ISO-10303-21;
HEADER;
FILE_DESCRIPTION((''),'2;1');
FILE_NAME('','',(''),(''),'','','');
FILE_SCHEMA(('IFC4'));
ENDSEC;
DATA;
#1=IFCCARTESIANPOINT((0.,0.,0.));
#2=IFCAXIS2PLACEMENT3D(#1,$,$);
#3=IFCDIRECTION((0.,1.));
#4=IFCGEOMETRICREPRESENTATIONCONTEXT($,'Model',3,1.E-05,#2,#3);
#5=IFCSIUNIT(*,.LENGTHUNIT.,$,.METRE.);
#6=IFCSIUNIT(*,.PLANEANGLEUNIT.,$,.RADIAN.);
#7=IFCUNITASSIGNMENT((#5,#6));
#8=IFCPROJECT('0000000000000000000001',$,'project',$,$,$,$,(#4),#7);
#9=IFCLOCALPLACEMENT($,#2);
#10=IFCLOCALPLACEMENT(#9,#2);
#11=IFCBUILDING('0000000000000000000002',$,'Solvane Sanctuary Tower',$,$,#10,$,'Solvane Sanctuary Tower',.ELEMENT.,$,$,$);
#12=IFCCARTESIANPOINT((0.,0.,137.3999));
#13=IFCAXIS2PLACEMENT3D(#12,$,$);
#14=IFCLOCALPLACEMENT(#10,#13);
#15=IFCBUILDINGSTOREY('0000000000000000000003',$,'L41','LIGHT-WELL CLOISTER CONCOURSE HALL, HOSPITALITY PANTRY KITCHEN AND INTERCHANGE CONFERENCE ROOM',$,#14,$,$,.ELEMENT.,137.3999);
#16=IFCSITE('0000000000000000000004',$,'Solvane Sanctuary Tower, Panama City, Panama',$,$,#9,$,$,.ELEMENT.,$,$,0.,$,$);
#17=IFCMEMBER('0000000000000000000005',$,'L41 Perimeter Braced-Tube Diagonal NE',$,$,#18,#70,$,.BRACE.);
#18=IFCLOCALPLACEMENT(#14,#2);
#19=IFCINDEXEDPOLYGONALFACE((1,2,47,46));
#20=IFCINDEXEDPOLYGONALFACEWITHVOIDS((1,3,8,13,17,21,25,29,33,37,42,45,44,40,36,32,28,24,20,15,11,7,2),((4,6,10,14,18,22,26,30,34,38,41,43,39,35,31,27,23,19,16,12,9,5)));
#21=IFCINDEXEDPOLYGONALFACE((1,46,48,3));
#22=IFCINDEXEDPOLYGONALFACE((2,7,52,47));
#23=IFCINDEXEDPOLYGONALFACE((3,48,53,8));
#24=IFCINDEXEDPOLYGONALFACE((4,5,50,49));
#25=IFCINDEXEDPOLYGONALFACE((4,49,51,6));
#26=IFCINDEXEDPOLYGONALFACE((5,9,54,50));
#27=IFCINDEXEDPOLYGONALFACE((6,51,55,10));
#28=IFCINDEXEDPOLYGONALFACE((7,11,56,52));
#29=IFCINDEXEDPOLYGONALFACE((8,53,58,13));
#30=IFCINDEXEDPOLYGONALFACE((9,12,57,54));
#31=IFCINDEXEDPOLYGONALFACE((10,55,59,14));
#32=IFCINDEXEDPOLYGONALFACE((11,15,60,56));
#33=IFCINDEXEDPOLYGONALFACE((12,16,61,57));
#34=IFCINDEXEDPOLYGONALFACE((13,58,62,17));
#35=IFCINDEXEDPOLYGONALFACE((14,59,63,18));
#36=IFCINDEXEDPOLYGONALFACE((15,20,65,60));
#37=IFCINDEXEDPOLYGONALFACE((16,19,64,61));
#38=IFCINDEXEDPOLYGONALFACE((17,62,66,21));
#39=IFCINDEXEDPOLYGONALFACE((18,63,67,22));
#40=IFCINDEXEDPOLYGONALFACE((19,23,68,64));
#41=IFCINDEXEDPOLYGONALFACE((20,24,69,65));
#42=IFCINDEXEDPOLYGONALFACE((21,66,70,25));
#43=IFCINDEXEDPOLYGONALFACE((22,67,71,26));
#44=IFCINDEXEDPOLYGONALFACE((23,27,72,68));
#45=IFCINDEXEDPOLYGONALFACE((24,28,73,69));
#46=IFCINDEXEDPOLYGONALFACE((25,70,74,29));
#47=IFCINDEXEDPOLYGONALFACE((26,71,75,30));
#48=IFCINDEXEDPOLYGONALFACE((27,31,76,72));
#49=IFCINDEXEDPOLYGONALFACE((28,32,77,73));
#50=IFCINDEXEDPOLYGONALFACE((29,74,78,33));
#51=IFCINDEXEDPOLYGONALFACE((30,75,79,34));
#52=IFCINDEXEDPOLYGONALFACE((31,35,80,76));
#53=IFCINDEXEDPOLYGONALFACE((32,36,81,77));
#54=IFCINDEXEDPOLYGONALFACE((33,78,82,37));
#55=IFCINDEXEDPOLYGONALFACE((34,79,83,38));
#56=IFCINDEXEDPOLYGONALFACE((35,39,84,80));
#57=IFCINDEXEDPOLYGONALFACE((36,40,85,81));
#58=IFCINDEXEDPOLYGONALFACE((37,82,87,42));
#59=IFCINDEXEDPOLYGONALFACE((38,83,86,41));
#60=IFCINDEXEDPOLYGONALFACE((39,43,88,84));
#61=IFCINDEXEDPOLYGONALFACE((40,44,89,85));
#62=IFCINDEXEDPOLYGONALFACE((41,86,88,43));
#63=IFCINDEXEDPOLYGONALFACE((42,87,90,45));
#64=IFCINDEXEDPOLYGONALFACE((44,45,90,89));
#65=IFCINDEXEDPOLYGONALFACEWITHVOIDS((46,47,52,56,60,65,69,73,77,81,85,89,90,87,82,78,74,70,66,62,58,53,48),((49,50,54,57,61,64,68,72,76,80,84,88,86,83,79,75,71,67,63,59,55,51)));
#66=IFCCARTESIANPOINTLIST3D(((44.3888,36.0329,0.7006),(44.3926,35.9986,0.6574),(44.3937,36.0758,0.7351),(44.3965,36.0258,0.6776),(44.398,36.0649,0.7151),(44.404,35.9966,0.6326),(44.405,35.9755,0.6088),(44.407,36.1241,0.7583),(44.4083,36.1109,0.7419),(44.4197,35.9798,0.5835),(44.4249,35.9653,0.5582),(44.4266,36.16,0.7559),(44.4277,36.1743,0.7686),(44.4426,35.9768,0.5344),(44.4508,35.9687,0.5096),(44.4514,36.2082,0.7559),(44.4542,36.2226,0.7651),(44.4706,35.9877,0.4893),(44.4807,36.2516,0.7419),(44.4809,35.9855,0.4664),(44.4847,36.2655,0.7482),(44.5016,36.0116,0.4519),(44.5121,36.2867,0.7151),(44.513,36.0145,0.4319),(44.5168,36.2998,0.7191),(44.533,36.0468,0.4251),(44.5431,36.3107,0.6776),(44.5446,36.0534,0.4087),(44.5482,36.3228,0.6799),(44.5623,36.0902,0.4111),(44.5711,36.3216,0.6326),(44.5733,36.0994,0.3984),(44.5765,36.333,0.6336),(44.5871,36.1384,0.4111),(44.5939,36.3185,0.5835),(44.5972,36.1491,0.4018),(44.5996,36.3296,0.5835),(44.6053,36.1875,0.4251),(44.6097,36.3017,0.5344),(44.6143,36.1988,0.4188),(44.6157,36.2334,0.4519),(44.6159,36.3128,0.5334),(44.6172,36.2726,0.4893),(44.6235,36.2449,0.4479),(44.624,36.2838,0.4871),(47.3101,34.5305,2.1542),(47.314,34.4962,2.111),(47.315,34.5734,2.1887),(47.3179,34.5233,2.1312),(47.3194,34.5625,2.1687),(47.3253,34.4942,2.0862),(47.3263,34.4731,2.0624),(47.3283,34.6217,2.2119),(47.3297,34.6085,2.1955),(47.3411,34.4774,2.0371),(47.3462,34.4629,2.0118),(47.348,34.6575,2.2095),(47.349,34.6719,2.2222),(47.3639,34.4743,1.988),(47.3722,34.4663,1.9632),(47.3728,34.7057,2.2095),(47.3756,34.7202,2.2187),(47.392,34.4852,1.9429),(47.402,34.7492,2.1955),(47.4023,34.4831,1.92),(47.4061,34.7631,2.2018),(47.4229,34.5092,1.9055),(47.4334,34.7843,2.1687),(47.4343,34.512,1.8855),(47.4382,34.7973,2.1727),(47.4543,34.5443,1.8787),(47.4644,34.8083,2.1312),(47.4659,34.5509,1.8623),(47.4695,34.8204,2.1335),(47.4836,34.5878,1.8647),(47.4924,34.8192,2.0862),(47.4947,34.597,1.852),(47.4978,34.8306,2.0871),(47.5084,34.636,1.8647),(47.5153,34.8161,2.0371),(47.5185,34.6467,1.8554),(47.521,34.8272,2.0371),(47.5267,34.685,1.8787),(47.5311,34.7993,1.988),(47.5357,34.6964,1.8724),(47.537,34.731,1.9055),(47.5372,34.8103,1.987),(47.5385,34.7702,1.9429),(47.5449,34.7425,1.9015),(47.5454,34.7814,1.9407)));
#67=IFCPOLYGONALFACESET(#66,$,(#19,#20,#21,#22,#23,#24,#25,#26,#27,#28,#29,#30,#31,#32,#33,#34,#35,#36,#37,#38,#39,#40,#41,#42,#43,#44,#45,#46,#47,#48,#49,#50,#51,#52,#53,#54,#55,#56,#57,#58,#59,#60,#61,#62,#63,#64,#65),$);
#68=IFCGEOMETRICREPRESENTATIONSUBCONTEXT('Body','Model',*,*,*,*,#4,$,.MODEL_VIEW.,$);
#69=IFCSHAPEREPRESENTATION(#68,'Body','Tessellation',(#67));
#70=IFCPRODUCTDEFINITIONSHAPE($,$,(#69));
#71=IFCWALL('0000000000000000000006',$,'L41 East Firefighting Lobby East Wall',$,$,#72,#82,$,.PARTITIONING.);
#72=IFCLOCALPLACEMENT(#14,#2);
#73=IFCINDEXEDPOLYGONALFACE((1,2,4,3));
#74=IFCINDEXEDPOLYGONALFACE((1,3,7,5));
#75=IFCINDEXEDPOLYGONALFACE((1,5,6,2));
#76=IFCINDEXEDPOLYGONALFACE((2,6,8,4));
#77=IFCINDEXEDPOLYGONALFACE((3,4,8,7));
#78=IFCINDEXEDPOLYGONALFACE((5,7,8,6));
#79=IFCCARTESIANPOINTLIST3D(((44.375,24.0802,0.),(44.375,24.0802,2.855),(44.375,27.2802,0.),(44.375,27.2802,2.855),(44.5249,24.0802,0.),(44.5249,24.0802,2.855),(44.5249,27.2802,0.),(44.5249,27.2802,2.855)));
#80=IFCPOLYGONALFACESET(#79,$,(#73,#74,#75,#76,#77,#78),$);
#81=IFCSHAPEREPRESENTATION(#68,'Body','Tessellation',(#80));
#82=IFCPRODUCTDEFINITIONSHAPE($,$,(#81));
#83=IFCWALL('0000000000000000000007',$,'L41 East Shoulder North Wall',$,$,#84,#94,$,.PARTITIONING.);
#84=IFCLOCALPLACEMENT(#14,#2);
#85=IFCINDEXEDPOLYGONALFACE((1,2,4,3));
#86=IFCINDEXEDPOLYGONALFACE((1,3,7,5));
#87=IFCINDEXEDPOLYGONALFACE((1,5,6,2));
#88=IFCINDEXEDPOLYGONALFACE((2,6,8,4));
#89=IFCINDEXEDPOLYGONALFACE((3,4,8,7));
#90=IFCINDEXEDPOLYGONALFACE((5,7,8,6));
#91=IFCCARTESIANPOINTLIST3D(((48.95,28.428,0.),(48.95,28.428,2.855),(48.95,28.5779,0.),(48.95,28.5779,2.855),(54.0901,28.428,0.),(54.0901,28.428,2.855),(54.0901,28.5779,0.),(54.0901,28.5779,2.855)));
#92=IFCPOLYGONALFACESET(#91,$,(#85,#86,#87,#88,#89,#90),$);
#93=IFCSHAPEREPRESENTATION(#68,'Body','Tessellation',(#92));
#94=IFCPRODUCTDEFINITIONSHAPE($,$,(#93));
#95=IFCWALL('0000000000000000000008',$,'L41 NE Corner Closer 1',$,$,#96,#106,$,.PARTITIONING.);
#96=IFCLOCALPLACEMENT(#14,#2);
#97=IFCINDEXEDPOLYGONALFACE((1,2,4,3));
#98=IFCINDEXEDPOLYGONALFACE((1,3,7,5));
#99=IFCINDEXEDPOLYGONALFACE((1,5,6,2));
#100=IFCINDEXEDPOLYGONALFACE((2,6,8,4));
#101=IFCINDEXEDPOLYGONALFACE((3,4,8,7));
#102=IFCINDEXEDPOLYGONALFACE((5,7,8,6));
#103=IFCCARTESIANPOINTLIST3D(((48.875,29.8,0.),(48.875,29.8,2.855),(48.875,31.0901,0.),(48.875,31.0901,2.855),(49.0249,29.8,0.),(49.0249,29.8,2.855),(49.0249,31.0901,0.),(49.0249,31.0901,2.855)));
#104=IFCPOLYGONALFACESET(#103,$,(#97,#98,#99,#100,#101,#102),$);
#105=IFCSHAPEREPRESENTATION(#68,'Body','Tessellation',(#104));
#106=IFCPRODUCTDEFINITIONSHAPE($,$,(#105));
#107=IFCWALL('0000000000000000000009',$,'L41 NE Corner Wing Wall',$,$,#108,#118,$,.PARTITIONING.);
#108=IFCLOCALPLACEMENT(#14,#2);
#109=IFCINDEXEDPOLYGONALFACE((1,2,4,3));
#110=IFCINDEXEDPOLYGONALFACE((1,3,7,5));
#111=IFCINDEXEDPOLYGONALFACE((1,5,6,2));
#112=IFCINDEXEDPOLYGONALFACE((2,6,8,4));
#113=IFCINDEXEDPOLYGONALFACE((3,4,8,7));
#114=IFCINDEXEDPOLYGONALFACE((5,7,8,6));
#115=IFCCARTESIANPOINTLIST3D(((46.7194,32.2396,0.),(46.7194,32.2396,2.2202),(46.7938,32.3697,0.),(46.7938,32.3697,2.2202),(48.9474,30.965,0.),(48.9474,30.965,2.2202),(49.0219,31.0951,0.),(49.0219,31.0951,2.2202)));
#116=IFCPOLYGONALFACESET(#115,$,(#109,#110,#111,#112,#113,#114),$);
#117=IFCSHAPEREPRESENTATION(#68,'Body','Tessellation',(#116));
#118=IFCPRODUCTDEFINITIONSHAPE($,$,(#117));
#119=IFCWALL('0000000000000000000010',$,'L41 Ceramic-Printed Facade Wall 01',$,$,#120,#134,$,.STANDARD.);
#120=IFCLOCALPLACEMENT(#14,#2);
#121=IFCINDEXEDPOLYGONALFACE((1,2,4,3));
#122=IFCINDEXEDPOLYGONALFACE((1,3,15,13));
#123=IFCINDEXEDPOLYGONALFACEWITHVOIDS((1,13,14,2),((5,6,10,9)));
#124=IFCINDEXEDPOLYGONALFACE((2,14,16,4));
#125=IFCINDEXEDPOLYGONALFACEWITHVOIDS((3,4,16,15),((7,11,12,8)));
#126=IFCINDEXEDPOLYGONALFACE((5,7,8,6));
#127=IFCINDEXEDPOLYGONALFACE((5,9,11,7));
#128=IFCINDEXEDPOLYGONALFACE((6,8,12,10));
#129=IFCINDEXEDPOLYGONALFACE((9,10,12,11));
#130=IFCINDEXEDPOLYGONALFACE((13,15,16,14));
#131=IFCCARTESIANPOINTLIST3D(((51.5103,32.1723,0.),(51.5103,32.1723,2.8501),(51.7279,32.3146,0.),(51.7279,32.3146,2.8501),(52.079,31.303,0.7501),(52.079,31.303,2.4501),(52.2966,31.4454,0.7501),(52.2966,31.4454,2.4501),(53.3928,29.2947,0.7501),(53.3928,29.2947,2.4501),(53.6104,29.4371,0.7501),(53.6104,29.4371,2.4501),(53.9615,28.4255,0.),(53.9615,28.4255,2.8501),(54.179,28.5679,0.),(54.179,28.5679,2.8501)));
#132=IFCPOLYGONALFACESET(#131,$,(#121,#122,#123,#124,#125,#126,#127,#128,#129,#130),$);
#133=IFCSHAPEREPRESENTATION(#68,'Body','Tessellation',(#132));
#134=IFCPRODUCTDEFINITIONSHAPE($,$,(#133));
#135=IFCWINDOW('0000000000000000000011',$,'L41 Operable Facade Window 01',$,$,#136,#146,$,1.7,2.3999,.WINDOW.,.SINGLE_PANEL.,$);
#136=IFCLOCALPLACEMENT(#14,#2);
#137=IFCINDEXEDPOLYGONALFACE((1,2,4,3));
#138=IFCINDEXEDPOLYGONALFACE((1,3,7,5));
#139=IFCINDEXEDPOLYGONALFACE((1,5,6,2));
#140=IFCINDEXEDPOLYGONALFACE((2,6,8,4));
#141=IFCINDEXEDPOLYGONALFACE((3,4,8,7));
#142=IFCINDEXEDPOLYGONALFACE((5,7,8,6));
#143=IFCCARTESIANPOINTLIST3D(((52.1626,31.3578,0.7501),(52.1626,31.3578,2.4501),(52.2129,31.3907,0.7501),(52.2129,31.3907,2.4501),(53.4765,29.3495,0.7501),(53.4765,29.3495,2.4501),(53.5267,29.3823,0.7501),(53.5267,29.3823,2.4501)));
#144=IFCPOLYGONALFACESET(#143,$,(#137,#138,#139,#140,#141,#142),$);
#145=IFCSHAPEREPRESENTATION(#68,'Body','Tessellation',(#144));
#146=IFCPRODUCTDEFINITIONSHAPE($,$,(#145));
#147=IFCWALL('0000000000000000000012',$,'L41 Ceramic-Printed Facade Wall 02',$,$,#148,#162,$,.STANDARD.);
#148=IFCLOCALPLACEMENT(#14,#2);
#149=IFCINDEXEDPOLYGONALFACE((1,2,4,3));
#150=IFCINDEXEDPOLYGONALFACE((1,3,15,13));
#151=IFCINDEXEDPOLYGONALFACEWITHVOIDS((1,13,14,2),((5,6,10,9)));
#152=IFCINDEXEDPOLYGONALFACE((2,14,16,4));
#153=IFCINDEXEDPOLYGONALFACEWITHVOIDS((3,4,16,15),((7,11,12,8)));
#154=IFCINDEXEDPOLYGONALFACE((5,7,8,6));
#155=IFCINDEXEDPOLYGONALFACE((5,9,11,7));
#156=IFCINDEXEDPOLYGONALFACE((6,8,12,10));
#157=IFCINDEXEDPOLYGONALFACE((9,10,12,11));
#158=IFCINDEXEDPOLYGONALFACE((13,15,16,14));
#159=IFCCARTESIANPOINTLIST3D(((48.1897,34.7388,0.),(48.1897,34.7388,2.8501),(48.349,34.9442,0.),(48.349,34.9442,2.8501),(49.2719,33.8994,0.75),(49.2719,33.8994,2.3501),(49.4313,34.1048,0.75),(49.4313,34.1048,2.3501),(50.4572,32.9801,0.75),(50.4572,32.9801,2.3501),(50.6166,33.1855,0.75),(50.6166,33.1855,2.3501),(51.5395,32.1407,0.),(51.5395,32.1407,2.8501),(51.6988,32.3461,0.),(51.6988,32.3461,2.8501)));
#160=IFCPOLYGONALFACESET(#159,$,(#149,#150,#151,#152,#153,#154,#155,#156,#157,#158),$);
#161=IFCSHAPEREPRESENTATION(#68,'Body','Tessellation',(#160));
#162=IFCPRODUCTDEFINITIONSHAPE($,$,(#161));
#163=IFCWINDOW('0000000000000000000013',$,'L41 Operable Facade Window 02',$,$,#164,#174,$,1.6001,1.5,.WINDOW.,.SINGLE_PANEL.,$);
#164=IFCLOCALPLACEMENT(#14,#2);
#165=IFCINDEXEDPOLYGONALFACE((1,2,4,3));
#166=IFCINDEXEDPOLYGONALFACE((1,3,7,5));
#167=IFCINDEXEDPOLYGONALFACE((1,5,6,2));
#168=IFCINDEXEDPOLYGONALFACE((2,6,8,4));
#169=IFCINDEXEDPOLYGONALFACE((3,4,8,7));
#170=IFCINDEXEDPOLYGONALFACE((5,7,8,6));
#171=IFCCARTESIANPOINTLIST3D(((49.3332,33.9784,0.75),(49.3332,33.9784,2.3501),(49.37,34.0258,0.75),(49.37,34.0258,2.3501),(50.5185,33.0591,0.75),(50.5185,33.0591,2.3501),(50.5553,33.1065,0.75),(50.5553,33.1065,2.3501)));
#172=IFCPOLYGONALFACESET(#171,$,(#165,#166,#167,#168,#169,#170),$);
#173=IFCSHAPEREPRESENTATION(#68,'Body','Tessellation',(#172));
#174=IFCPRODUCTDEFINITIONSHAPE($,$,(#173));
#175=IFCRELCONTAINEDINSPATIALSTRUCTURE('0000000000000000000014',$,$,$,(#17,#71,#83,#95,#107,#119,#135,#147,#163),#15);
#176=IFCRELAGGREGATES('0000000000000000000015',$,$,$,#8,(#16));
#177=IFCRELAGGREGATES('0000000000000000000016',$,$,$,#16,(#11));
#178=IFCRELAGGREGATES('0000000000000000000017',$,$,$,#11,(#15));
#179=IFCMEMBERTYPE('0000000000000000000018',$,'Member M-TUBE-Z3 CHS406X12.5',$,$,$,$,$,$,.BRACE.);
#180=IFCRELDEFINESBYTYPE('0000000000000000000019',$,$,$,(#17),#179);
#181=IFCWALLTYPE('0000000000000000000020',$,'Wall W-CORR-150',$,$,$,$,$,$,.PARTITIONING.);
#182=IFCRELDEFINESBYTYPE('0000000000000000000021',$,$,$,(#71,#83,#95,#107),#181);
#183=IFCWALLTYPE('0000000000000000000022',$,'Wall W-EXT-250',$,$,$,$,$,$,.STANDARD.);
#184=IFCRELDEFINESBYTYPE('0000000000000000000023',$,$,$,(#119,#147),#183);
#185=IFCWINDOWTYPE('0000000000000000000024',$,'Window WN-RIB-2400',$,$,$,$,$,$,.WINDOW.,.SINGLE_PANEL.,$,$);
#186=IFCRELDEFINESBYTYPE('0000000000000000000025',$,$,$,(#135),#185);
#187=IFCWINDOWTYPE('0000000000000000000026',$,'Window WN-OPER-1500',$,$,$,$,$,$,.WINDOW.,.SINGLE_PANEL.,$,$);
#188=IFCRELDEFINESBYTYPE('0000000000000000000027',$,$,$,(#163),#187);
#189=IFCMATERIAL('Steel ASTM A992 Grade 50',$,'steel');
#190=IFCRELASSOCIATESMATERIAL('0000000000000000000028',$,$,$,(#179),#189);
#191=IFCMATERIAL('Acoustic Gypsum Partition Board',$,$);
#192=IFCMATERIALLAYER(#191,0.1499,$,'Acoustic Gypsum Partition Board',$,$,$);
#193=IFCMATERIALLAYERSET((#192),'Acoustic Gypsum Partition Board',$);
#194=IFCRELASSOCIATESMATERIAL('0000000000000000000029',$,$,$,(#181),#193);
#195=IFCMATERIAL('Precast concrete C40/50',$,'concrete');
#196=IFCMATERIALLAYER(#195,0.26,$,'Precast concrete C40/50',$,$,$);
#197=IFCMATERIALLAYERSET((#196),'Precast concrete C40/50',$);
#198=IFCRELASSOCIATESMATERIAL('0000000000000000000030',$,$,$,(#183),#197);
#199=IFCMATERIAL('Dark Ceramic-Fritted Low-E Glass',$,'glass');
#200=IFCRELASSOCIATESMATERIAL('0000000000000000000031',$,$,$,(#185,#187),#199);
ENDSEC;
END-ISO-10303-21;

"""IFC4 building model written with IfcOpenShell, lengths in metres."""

from ifc_helpers import new_model, si_unit, direction, frame, frame_2d, origin, origin_2d, place, context, subcontext, project, spatial, rectangle, hollow_circle, extrude, material, layer, layer_set, material_profile, profile_set, type_object, element, fill, save


model = new_model("IFC4")

# Units and contexts
model_context = context("Model", 3, precision=1e-05, world=origin(), true_north=direction((0.0, 1.0)))
body_context = subcontext(model_context, "Body", "Model", "MODEL_VIEW")
ifc_project = project(units=[si_unit("LENGTHUNIT", "METRE"), si_unit("PLANEANGLEUNIT", "RADIAN")], contexts=[model_context])

# Site, building, storey
site_placement = place(None, origin())
site = spatial("IfcSite", under=ifc_project, at=site_placement, Name="Solvane Sanctuary Tower, Panama City, Panama", CompositionType="ELEMENT", RefElevation=0.0)
building_placement = place(site_placement, origin())
building = spatial("IfcBuilding", under=site, at=building_placement, Name="Solvane Sanctuary Tower", LongName="Solvane Sanctuary Tower", CompositionType="ELEMENT")
storey_placement = place(building_placement, frame((0.0, 0.0, 137.3999)))
storey = spatial("IfcBuildingStorey", under=building, at=storey_placement, Name="L41", Description="LIGHT-WELL CLOISTER CONCOURSE HALL, HOSPITALITY PANTRY KITCHEN AND INTERCHANGE CONFERENCE ROOM", CompositionType="ELEMENT", Elevation=137.3999)

# Shared definitions
ifc_material_1 = material(Name="Steel ASTM A992 Grade 50", Category="steel")

# Member
ifc_material_profile_1 = material_profile(ifc_material_1, hollow_circle(Radius=0.2029, WallThickness=0.0125, at=origin_2d()), Name="CHS406X12.5")
ifc_profile_set_1 = profile_set([ifc_material_profile_1], Name="Steel ASTM A992 Grade 50")
member_type_1 = type_object("IfcMemberType", Name="Member M-TUBE-Z3 CHS406X12.5", PredefinedType="BRACE", material=ifc_profile_set_1)
member_1_placement = place(storey_placement, frame((44.5068, 36.1492, 0.5835), z_axis=(0.813229, -0.418236, 0.404644), x_axis=(0.457351, 0.889286, 0.0)))
element("IfcMember", 1, at=member_1_placement, inside=storey, type_object=member_type_1, Name="L41 Perimeter Braced-Tube Diagonal NE", PredefinedType="BRACE", context=body_context, shape_type="SweptSolid", body=[
    extrude(hollow_circle(Radius=0.2029, WallThickness=0.0125, at=origin_2d()), origin(), (0.0, 0.0, 1.0), 3.5923),
])

# Walls
ifc_material_2 = material(Name="Acoustic Gypsum Partition Board")
ifc_layer_1 = layer(ifc_material_2, 0.1499, Name="Acoustic Gypsum Partition Board")
ifc_layer_set_1 = layer_set([ifc_layer_1], Name="Acoustic Gypsum Partition Board")
wall_type_1 = type_object("IfcWallType", Name="Wall W-CORR-150", PredefinedType="PARTITIONING", material=ifc_layer_set_1)
wall_1_placement = place(storey_placement, frame((44.45, 24.0801, 0.0), z_axis=(0.0, 0.0, 1.0), x_axis=(0.0, 1.0, 0.0)))
element("IfcWall", 2, at=wall_1_placement, inside=storey, type_object=wall_type_1, Name="L41 East Firefighting Lobby East Wall", PredefinedType="PARTITIONING", context=body_context, shape_type="SweptSolid", body=[
    extrude(rectangle(XDim=3.2, YDim=0.1499, at=frame_2d((1.6001, 0.0))), origin(), (0.0, 0.0, 1.0), 2.855),
])
wall_2_placement = place(storey_placement, frame((48.95, 28.5029, 0.0), z_axis=(0.0, 0.0, 1.0), x_axis=(1.0, 0.0, 0.0)))
element("IfcWall", 3, at=wall_2_placement, inside=storey, type_object=wall_type_1, Name="L41 East Shoulder North Wall", PredefinedType="PARTITIONING", context=body_context, shape_type="SweptSolid", body=[
    extrude(rectangle(XDim=5.1401, YDim=0.1499, at=frame_2d((2.5701, 0.0))), origin(), (0.0, 0.0, 1.0), 2.855),
])
wall_3_placement = place(storey_placement, frame((48.95, 29.8, 0.0), z_axis=(0.0, 0.0, 1.0), x_axis=(0.0, 1.0, 0.0)))
element("IfcWall", 4, at=wall_3_placement, inside=storey, type_object=wall_type_1, Name="L41 NE Corner Closer 1", PredefinedType="PARTITIONING", context=body_context, shape_type="SweptSolid", body=[
    extrude(rectangle(XDim=1.29, YDim=0.1499, at=frame_2d((0.645, 0.0))), origin(), (0.0, 0.0, 1.0), 2.855),
])
wall_4_placement = place(storey_placement, frame((46.7566, 32.3047, 0.0), z_axis=(0.0, 0.0, 1.0), x_axis=(0.867991, -0.496579, 0.0)))
element("IfcWall", 5, at=wall_4_placement, inside=storey, type_object=wall_type_1, Name="L41 NE Corner Wing Wall", PredefinedType="PARTITIONING", context=body_context, shape_type="SweptSolid", body=[
    extrude(rectangle(XDim=2.5669, YDim=0.1499, at=frame_2d((1.2834, 0.0))), origin(), (0.0, 0.0, 1.0), 2.2202),
])

# Walls, openings, windows
ifc_material_3 = material(Name="Precast concrete C40/50", Category="concrete")
ifc_layer_2 = layer(ifc_material_3, 0.26, Name="Precast concrete C40/50")
ifc_layer_set_2 = layer_set([ifc_layer_2], Name="Precast concrete C40/50")
wall_type_2 = type_object("IfcWallType", Name="Wall W-EXT-250", PredefinedType="STANDARD", material=ifc_layer_set_2)
wall_5_placement = place(storey_placement, frame((54.0703, 28.4966, 0.0), z_axis=(0.0, 0.0, 1.0), x_axis=(-0.547456, 0.836834, 0.0)))
wall_5 = element("IfcWall", 6, at=wall_5_placement, inside=storey, type_object=wall_type_2, Name="L41 Ceramic-Printed Facade Wall 01", PredefinedType="STANDARD", context=body_context, shape_type="SweptSolid", body=[
    extrude(rectangle(XDim=4.4773, YDim=0.26, at=frame_2d((2.2388, 0.0))), origin(), (0.0, 0.0, 1.0), 2.8501),
])
opening_1_placement = place(wall_5_placement, frame((1.0388, 0.0, 0.75)))
opening_1 = element("IfcOpeningElement", 7, at=opening_1_placement, cuts=wall_5, PredefinedType="OPENING", context=body_context, shape_type="SweptSolid", body=[
    extrude(rectangle(XDim=2.3999, YDim=1.7, at=frame_2d((1.2, 0.8501))), frame((0.0, 0.1399, 0.0), z_axis=(0.0, -1.0, 0.0), x_axis=(1.0, 0.0, 0.0)), (0.0, 0.0, 1.0), 0.28),
])
ifc_material_4 = material(Name="Dark Ceramic-Fritted Low-E Glass", Category="glass")
window_type_1 = type_object("IfcWindowType", Name="Window WN-RIB-2400", PartitioningType="SINGLE_PANEL", PredefinedType="WINDOW", material=ifc_material_4)
window_1_placement = place(opening_1_placement, origin())
window_1 = element("IfcWindow", 8, at=window_1_placement, inside=storey, type_object=window_type_1, Name="L41 Operable Facade Window 01", OverallHeight=1.7, OverallWidth=2.3999, PartitioningType="SINGLE_PANEL", PredefinedType="WINDOW", context=body_context, shape_type="SweptSolid", body=[
    extrude(rectangle(XDim=2.3999, YDim=1.7, at=frame_2d((1.2, 0.8501))), frame((0.0, 0.03, 0.0), z_axis=(0.0, -1.0, 0.0), x_axis=(1.0, 0.0, 0.0)), (0.0, 0.0, 1.0), 0.0601),
])
fill(opening_1, window_1)
wall_6_placement = place(storey_placement, frame((51.6191, 32.2434, 0.0), z_axis=(0.0, 0.0, 1.0), x_axis=(-0.790186, 0.612868, 0.0)))
wall_6 = element("IfcWall", 9, at=wall_6_placement, inside=storey, type_object=wall_type_2, Name="L41 Ceramic-Printed Facade Wall 02", PredefinedType="STANDARD", context=body_context, shape_type="SweptSolid", body=[
    extrude(rectangle(XDim=4.2393, YDim=0.26, at=frame_2d((2.1196, 0.0))), origin(), (0.0, 0.0, 1.0), 2.8501),
])
opening_2_placement = place(wall_6_placement, frame((1.3696, 0.0, 0.75)))
opening_2 = element("IfcOpeningElement", 10, at=opening_2_placement, cuts=wall_6, PredefinedType="OPENING", context=body_context, shape_type="SweptSolid", body=[
    extrude(rectangle(XDim=1.5, YDim=1.6001, at=frame_2d((0.75, 0.8))), frame((0.0, 0.1399, 0.0), z_axis=(0.0, -1.0, 0.0), x_axis=(1.0, 0.0, 0.0)), (0.0, 0.0, 1.0), 0.28),
])
window_type_2 = type_object("IfcWindowType", Name="Window WN-OPER-1500", PartitioningType="SINGLE_PANEL", PredefinedType="WINDOW", material=ifc_material_4)
window_2_placement = place(opening_2_placement, origin())
window_2 = element("IfcWindow", 11, at=window_2_placement, inside=storey, type_object=window_type_2, Name="L41 Operable Facade Window 02", OverallHeight=1.6001, OverallWidth=1.5, PartitioningType="SINGLE_PANEL", PredefinedType="WINDOW", context=body_context, shape_type="SweptSolid", body=[
    extrude(rectangle(XDim=1.5, YDim=1.6001, at=frame_2d((0.75, 0.8))), frame((0.0, 0.03, 0.0), z_axis=(0.0, -1.0, 0.0), x_axis=(1.0, 0.0, 0.0)), (0.0, 0.0, 1.0), 0.0601),
])
fill(opening_2, window_2)

save(model, "model.ifc")
